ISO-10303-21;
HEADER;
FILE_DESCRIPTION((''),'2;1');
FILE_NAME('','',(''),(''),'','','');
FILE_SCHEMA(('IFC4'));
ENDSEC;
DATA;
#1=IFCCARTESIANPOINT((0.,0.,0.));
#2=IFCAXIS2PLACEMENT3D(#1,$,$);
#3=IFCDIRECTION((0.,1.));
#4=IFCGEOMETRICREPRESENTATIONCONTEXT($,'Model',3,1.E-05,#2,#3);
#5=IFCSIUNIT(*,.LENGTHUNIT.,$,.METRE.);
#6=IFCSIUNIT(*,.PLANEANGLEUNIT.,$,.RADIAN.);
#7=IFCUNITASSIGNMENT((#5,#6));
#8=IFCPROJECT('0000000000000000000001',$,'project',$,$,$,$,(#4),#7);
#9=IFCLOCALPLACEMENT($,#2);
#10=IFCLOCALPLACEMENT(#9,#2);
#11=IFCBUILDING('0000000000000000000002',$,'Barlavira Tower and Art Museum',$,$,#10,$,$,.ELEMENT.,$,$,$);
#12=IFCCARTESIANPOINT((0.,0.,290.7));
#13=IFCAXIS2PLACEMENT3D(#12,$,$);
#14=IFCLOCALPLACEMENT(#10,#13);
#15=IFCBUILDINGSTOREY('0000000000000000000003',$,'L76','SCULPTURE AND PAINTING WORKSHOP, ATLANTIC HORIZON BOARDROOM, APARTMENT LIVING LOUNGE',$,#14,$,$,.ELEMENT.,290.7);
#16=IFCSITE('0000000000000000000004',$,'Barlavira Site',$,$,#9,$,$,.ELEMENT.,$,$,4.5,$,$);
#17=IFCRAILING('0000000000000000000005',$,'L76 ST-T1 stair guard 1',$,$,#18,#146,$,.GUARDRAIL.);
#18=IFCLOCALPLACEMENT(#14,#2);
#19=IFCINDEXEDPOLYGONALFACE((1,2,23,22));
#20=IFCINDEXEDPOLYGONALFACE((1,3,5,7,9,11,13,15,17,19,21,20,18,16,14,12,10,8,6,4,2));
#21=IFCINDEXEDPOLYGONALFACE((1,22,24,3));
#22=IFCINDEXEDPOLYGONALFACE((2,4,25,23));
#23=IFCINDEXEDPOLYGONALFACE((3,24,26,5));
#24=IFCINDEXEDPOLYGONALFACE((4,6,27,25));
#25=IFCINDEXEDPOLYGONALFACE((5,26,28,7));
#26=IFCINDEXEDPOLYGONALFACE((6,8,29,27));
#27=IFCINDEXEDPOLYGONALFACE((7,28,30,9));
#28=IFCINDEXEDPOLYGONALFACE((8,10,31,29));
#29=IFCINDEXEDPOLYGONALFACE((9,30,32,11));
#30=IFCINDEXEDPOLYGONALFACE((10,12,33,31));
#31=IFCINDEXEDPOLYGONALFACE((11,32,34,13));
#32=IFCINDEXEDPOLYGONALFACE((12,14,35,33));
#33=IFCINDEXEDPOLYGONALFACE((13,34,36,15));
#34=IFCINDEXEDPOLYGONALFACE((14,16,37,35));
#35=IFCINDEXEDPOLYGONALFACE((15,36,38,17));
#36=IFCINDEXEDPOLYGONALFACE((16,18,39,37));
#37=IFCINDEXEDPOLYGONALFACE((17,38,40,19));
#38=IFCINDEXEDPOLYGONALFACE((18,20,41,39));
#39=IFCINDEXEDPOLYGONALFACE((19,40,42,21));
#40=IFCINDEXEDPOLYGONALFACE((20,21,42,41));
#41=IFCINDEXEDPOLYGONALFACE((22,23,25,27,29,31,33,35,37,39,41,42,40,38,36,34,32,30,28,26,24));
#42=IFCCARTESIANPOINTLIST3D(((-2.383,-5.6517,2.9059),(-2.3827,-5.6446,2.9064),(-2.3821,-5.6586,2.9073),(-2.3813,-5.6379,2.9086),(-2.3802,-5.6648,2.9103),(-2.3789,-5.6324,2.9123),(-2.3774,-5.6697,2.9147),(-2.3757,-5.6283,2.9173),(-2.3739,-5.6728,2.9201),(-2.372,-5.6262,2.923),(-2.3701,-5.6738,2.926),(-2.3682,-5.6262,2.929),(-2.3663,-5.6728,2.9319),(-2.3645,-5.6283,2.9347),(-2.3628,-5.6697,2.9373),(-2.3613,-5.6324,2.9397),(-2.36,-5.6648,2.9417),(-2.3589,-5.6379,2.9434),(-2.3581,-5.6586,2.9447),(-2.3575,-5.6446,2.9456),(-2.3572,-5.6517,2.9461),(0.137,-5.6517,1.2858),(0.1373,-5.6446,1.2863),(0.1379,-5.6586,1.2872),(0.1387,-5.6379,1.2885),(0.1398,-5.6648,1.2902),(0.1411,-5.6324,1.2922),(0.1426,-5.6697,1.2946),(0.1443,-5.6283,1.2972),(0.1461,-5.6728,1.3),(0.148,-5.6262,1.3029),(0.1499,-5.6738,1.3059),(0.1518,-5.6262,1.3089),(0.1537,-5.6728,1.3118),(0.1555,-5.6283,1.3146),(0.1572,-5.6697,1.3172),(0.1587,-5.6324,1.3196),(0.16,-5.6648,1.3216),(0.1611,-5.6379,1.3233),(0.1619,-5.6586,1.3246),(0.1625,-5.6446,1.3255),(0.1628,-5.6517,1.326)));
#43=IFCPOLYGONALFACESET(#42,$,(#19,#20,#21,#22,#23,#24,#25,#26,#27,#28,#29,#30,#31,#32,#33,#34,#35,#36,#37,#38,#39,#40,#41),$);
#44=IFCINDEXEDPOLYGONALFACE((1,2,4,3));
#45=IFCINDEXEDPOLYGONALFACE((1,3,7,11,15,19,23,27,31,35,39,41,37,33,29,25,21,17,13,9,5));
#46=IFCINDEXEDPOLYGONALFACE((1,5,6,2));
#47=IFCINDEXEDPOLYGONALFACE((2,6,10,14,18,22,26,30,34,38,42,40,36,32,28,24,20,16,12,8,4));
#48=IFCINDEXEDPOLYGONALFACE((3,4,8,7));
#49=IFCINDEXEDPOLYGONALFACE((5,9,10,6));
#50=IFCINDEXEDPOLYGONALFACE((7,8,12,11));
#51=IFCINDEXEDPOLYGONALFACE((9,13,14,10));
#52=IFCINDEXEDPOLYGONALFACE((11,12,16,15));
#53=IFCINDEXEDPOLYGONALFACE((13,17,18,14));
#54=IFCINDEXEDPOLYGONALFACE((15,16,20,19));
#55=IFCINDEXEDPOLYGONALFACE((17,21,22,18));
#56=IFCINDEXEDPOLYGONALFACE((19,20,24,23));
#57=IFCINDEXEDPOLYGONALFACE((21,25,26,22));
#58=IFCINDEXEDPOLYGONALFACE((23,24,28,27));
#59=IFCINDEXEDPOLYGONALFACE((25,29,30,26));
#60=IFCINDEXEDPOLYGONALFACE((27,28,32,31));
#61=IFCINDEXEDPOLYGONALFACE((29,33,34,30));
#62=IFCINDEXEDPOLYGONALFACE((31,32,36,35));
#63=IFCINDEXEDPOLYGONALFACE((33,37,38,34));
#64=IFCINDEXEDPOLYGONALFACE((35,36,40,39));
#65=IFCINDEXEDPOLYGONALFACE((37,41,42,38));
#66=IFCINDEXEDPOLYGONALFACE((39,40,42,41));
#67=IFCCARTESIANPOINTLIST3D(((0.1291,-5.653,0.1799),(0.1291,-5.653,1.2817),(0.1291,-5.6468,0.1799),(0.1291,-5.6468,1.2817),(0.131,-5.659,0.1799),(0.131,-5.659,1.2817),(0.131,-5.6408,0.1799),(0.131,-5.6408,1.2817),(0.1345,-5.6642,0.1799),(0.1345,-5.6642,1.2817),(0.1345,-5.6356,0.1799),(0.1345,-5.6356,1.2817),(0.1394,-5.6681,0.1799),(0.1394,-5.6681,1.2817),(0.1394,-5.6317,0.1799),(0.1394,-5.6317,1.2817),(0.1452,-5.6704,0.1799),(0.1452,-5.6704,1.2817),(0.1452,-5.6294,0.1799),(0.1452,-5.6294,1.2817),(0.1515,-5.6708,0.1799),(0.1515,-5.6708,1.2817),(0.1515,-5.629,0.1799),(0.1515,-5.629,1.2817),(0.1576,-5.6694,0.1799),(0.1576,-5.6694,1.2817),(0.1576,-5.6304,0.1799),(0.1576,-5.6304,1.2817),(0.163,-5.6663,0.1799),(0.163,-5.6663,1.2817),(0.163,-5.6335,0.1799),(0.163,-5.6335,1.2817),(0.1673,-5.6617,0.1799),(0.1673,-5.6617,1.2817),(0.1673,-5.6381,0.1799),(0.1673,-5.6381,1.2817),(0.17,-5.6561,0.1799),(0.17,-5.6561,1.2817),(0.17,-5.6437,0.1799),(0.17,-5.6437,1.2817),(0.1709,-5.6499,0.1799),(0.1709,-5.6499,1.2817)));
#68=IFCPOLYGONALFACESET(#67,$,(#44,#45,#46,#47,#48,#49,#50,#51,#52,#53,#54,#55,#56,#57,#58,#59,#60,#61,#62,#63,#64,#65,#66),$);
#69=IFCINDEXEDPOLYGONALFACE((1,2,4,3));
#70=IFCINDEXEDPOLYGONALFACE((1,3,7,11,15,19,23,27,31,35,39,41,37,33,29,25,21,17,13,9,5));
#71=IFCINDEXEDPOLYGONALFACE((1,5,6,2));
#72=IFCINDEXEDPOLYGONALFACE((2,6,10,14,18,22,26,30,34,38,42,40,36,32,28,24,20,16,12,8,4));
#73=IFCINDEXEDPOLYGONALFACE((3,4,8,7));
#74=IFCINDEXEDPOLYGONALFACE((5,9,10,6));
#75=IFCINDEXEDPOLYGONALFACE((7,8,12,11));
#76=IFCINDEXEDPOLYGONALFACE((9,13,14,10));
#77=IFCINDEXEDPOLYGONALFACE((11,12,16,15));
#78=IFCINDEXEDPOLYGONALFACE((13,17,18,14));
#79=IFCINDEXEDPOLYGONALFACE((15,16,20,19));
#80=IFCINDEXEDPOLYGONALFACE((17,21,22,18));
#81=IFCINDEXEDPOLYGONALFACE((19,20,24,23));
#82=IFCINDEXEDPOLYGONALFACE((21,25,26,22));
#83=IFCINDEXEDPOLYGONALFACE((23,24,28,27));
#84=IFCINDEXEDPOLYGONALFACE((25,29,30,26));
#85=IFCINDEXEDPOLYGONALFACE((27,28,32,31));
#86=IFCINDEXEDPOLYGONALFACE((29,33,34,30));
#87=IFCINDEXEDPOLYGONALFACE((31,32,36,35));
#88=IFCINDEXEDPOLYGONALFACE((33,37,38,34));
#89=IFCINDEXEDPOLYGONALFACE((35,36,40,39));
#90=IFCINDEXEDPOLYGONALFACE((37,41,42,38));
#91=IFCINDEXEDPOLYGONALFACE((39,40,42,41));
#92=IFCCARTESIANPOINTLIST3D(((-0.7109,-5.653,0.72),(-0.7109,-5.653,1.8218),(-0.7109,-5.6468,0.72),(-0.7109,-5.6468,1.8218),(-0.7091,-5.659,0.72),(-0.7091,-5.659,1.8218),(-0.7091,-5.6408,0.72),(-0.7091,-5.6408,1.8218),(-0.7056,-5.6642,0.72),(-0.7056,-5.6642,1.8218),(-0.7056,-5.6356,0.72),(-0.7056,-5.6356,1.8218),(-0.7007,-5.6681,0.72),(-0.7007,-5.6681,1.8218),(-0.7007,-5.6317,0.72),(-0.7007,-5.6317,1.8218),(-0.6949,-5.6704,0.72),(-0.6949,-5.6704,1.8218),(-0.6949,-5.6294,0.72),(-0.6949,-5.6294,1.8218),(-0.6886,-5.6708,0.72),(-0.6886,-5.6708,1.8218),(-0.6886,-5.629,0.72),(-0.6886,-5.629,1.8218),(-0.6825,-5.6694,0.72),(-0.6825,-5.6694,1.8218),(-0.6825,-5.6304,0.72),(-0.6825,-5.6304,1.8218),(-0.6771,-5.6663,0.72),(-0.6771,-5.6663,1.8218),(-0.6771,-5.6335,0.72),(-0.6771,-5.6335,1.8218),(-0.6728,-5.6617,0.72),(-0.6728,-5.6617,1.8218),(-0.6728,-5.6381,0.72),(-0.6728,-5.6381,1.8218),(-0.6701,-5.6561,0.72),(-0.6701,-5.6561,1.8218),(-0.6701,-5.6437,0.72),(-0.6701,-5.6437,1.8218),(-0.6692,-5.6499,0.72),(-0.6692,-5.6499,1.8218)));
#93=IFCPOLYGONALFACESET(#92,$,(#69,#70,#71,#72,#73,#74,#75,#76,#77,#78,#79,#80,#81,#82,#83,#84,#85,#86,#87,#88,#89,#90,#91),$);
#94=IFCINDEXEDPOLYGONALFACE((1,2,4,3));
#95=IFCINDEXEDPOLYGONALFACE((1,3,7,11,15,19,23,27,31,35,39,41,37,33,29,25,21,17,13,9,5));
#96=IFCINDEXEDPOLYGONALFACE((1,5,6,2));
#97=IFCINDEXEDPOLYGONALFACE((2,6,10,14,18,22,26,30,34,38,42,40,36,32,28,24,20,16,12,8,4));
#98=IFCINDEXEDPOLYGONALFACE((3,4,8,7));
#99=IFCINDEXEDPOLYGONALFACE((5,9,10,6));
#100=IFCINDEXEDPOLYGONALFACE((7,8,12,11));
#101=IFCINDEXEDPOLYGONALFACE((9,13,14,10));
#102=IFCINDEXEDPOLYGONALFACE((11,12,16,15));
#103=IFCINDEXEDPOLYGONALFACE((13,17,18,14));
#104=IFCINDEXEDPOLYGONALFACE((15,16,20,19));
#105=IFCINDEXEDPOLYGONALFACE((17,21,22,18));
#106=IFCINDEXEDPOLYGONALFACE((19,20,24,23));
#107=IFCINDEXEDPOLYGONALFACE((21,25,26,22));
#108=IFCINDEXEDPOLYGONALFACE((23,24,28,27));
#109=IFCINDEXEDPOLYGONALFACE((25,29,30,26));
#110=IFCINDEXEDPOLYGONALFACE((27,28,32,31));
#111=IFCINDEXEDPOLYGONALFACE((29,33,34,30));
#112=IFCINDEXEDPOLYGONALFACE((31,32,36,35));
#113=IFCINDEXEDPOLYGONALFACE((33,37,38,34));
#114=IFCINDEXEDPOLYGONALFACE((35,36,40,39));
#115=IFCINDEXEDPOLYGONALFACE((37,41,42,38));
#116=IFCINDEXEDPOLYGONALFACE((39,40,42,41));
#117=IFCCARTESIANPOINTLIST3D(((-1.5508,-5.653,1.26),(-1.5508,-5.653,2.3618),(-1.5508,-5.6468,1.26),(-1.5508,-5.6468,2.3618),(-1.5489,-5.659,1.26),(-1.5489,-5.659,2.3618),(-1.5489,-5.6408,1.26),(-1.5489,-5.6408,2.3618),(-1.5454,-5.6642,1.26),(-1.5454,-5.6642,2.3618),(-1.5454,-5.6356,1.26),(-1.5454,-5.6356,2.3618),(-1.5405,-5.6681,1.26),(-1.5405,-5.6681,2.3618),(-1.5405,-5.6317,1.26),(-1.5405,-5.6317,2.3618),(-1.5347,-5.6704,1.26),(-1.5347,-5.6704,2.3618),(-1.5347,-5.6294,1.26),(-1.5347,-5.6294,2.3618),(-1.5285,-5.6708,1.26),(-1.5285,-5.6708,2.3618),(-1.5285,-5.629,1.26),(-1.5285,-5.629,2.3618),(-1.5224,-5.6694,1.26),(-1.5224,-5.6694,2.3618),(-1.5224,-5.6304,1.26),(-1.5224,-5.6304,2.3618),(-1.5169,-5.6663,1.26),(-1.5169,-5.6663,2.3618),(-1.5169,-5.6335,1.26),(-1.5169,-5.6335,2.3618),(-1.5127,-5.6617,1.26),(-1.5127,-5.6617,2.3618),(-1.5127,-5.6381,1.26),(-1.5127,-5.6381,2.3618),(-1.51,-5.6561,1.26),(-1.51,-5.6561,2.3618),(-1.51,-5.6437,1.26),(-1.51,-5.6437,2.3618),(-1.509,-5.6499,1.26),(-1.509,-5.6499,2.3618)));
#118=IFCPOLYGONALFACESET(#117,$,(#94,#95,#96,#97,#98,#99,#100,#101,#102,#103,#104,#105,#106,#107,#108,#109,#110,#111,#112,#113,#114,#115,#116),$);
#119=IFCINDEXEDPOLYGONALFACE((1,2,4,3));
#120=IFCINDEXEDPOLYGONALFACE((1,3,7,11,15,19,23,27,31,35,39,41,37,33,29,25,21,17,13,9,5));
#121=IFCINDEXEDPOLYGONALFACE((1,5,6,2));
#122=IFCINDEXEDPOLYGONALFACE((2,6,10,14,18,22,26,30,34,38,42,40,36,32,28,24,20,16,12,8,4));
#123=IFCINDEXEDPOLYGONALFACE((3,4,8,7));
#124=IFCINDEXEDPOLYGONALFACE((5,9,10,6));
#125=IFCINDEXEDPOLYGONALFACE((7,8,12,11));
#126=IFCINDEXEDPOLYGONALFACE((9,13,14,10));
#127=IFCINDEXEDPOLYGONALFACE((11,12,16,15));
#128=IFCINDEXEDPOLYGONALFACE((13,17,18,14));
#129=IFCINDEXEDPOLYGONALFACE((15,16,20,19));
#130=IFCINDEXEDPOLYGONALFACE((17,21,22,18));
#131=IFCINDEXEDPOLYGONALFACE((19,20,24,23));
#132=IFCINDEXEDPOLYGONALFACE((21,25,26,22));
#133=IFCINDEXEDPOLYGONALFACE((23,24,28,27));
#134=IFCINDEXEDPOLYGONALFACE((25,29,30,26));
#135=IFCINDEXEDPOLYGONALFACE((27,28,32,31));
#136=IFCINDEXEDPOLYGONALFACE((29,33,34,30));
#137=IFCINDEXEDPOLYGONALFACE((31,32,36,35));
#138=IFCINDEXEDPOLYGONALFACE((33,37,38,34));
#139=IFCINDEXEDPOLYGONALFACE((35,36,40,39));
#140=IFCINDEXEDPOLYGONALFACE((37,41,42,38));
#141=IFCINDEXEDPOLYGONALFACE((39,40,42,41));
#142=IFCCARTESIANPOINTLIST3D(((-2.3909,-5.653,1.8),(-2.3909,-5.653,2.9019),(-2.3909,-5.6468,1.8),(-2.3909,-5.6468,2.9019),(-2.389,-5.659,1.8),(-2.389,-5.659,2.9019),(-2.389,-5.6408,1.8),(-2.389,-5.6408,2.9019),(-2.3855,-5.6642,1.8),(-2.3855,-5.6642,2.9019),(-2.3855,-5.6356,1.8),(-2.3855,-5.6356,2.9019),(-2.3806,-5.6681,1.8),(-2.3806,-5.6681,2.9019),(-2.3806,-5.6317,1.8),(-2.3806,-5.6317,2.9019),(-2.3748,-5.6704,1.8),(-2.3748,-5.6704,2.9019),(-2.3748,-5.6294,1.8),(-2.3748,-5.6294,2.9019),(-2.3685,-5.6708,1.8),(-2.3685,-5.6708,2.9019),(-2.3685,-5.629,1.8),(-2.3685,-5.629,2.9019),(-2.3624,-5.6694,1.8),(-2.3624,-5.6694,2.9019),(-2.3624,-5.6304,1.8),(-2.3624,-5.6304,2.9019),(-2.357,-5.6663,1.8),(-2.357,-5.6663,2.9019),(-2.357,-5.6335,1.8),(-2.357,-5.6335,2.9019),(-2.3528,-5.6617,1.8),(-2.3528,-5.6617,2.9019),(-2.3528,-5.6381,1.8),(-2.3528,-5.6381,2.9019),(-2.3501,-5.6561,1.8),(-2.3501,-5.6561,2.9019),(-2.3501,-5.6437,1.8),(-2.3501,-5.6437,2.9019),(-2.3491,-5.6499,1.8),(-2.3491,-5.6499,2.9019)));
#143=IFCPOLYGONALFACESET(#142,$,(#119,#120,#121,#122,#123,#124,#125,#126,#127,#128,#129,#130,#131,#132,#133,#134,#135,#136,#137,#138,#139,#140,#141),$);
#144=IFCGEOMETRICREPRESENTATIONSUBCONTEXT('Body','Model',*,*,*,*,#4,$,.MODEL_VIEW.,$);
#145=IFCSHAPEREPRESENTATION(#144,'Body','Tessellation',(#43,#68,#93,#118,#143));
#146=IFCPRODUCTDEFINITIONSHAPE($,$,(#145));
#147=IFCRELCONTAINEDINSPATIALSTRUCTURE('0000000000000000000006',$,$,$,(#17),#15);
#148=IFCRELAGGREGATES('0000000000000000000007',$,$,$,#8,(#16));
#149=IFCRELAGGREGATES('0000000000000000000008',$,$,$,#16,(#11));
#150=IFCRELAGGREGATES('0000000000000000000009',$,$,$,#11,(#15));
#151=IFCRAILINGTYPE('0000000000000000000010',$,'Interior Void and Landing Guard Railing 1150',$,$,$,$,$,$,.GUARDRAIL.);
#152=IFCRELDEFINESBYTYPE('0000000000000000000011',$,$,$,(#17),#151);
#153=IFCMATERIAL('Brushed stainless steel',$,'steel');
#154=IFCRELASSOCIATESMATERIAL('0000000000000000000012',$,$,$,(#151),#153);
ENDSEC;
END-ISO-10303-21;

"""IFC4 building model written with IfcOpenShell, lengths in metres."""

from ifc_helpers import new_model, si_unit, direction, frame, origin, origin_2d, place, context, subcontext, project, spatial, circle, extrude, material, type_object, element, save


model = new_model("IFC4")

# Units and contexts
model_context = context("Model", 3, precision=1e-05, world=origin(), true_north=direction((0.0, 1.0)))
body_context = subcontext(model_context, "Body", "Model", "MODEL_VIEW")
ifc_project = project(units=[si_unit("LENGTHUNIT", "METRE"), si_unit("PLANEANGLEUNIT", "RADIAN")], contexts=[model_context])

# Site, building, storey
site_placement = place(None, origin())
site = spatial("IfcSite", under=ifc_project, at=site_placement, Name="Barlavira Site", CompositionType="ELEMENT", RefElevation=4.5)
building_placement = place(site_placement, origin())
building = spatial("IfcBuilding", under=site, at=building_placement, Name="Barlavira Tower and Art Museum", CompositionType="ELEMENT")
storey_placement = place(building_placement, frame((0.0, 0.0, 290.7)))
storey = spatial("IfcBuildingStorey", under=building, at=storey_placement, Name="L76", Description="SCULPTURE AND PAINTING WORKSHOP, ATLANTIC HORIZON BOARDROOM, APARTMENT LIVING LOUNGE", CompositionType="ELEMENT", Elevation=290.7)

# Shared definitions
ifc_material_1 = material(Name="Brushed stainless steel", Category="steel")

# Railing
railing_type_1 = type_object("IfcRailingType", Name="Interior Void and Landing Guard Railing 1150", PredefinedType="GUARDRAIL", material=ifc_material_1)
railing_1_placement = place(storey_placement, frame((0.1499, -5.6499, 0.1799)))
element("IfcRailing", 1, at=railing_1_placement, inside=storey, type_object=railing_type_1, Name="L76 ST-T1 stair guard 1", PredefinedType="GUARDRAIL", context=body_context, shape_type="SweptSolid", body=[
    extrude(circle(Radius=0.0239, at=origin_2d()), frame((0.0, 0.0, 1.126), z_axis=(-0.841163, 0.0, 0.540782), x_axis=(0.0, -1.0, 0.0)), (0.0, 0.0, 1.0), 2.9958),
    extrude(circle(Radius=0.021, at=origin_2d()), origin(), (0.0, 0.0, 1.0), 1.1018),
    extrude(circle(Radius=0.021, at=origin_2d()), frame((-0.8401, 0.0, 0.54)), (0.0, 0.0, 1.0), 1.1018),
    extrude(circle(Radius=0.021, at=origin_2d()), frame((-1.6799, 0.0, 1.0801)), (0.0, 0.0, 1.0), 1.1018),
    extrude(circle(Radius=0.021, at=origin_2d()), frame((-2.52, 0.0, 1.6201)), (0.0, 0.0, 1.0), 1.1018),
])

save(model, "model.ifc")
